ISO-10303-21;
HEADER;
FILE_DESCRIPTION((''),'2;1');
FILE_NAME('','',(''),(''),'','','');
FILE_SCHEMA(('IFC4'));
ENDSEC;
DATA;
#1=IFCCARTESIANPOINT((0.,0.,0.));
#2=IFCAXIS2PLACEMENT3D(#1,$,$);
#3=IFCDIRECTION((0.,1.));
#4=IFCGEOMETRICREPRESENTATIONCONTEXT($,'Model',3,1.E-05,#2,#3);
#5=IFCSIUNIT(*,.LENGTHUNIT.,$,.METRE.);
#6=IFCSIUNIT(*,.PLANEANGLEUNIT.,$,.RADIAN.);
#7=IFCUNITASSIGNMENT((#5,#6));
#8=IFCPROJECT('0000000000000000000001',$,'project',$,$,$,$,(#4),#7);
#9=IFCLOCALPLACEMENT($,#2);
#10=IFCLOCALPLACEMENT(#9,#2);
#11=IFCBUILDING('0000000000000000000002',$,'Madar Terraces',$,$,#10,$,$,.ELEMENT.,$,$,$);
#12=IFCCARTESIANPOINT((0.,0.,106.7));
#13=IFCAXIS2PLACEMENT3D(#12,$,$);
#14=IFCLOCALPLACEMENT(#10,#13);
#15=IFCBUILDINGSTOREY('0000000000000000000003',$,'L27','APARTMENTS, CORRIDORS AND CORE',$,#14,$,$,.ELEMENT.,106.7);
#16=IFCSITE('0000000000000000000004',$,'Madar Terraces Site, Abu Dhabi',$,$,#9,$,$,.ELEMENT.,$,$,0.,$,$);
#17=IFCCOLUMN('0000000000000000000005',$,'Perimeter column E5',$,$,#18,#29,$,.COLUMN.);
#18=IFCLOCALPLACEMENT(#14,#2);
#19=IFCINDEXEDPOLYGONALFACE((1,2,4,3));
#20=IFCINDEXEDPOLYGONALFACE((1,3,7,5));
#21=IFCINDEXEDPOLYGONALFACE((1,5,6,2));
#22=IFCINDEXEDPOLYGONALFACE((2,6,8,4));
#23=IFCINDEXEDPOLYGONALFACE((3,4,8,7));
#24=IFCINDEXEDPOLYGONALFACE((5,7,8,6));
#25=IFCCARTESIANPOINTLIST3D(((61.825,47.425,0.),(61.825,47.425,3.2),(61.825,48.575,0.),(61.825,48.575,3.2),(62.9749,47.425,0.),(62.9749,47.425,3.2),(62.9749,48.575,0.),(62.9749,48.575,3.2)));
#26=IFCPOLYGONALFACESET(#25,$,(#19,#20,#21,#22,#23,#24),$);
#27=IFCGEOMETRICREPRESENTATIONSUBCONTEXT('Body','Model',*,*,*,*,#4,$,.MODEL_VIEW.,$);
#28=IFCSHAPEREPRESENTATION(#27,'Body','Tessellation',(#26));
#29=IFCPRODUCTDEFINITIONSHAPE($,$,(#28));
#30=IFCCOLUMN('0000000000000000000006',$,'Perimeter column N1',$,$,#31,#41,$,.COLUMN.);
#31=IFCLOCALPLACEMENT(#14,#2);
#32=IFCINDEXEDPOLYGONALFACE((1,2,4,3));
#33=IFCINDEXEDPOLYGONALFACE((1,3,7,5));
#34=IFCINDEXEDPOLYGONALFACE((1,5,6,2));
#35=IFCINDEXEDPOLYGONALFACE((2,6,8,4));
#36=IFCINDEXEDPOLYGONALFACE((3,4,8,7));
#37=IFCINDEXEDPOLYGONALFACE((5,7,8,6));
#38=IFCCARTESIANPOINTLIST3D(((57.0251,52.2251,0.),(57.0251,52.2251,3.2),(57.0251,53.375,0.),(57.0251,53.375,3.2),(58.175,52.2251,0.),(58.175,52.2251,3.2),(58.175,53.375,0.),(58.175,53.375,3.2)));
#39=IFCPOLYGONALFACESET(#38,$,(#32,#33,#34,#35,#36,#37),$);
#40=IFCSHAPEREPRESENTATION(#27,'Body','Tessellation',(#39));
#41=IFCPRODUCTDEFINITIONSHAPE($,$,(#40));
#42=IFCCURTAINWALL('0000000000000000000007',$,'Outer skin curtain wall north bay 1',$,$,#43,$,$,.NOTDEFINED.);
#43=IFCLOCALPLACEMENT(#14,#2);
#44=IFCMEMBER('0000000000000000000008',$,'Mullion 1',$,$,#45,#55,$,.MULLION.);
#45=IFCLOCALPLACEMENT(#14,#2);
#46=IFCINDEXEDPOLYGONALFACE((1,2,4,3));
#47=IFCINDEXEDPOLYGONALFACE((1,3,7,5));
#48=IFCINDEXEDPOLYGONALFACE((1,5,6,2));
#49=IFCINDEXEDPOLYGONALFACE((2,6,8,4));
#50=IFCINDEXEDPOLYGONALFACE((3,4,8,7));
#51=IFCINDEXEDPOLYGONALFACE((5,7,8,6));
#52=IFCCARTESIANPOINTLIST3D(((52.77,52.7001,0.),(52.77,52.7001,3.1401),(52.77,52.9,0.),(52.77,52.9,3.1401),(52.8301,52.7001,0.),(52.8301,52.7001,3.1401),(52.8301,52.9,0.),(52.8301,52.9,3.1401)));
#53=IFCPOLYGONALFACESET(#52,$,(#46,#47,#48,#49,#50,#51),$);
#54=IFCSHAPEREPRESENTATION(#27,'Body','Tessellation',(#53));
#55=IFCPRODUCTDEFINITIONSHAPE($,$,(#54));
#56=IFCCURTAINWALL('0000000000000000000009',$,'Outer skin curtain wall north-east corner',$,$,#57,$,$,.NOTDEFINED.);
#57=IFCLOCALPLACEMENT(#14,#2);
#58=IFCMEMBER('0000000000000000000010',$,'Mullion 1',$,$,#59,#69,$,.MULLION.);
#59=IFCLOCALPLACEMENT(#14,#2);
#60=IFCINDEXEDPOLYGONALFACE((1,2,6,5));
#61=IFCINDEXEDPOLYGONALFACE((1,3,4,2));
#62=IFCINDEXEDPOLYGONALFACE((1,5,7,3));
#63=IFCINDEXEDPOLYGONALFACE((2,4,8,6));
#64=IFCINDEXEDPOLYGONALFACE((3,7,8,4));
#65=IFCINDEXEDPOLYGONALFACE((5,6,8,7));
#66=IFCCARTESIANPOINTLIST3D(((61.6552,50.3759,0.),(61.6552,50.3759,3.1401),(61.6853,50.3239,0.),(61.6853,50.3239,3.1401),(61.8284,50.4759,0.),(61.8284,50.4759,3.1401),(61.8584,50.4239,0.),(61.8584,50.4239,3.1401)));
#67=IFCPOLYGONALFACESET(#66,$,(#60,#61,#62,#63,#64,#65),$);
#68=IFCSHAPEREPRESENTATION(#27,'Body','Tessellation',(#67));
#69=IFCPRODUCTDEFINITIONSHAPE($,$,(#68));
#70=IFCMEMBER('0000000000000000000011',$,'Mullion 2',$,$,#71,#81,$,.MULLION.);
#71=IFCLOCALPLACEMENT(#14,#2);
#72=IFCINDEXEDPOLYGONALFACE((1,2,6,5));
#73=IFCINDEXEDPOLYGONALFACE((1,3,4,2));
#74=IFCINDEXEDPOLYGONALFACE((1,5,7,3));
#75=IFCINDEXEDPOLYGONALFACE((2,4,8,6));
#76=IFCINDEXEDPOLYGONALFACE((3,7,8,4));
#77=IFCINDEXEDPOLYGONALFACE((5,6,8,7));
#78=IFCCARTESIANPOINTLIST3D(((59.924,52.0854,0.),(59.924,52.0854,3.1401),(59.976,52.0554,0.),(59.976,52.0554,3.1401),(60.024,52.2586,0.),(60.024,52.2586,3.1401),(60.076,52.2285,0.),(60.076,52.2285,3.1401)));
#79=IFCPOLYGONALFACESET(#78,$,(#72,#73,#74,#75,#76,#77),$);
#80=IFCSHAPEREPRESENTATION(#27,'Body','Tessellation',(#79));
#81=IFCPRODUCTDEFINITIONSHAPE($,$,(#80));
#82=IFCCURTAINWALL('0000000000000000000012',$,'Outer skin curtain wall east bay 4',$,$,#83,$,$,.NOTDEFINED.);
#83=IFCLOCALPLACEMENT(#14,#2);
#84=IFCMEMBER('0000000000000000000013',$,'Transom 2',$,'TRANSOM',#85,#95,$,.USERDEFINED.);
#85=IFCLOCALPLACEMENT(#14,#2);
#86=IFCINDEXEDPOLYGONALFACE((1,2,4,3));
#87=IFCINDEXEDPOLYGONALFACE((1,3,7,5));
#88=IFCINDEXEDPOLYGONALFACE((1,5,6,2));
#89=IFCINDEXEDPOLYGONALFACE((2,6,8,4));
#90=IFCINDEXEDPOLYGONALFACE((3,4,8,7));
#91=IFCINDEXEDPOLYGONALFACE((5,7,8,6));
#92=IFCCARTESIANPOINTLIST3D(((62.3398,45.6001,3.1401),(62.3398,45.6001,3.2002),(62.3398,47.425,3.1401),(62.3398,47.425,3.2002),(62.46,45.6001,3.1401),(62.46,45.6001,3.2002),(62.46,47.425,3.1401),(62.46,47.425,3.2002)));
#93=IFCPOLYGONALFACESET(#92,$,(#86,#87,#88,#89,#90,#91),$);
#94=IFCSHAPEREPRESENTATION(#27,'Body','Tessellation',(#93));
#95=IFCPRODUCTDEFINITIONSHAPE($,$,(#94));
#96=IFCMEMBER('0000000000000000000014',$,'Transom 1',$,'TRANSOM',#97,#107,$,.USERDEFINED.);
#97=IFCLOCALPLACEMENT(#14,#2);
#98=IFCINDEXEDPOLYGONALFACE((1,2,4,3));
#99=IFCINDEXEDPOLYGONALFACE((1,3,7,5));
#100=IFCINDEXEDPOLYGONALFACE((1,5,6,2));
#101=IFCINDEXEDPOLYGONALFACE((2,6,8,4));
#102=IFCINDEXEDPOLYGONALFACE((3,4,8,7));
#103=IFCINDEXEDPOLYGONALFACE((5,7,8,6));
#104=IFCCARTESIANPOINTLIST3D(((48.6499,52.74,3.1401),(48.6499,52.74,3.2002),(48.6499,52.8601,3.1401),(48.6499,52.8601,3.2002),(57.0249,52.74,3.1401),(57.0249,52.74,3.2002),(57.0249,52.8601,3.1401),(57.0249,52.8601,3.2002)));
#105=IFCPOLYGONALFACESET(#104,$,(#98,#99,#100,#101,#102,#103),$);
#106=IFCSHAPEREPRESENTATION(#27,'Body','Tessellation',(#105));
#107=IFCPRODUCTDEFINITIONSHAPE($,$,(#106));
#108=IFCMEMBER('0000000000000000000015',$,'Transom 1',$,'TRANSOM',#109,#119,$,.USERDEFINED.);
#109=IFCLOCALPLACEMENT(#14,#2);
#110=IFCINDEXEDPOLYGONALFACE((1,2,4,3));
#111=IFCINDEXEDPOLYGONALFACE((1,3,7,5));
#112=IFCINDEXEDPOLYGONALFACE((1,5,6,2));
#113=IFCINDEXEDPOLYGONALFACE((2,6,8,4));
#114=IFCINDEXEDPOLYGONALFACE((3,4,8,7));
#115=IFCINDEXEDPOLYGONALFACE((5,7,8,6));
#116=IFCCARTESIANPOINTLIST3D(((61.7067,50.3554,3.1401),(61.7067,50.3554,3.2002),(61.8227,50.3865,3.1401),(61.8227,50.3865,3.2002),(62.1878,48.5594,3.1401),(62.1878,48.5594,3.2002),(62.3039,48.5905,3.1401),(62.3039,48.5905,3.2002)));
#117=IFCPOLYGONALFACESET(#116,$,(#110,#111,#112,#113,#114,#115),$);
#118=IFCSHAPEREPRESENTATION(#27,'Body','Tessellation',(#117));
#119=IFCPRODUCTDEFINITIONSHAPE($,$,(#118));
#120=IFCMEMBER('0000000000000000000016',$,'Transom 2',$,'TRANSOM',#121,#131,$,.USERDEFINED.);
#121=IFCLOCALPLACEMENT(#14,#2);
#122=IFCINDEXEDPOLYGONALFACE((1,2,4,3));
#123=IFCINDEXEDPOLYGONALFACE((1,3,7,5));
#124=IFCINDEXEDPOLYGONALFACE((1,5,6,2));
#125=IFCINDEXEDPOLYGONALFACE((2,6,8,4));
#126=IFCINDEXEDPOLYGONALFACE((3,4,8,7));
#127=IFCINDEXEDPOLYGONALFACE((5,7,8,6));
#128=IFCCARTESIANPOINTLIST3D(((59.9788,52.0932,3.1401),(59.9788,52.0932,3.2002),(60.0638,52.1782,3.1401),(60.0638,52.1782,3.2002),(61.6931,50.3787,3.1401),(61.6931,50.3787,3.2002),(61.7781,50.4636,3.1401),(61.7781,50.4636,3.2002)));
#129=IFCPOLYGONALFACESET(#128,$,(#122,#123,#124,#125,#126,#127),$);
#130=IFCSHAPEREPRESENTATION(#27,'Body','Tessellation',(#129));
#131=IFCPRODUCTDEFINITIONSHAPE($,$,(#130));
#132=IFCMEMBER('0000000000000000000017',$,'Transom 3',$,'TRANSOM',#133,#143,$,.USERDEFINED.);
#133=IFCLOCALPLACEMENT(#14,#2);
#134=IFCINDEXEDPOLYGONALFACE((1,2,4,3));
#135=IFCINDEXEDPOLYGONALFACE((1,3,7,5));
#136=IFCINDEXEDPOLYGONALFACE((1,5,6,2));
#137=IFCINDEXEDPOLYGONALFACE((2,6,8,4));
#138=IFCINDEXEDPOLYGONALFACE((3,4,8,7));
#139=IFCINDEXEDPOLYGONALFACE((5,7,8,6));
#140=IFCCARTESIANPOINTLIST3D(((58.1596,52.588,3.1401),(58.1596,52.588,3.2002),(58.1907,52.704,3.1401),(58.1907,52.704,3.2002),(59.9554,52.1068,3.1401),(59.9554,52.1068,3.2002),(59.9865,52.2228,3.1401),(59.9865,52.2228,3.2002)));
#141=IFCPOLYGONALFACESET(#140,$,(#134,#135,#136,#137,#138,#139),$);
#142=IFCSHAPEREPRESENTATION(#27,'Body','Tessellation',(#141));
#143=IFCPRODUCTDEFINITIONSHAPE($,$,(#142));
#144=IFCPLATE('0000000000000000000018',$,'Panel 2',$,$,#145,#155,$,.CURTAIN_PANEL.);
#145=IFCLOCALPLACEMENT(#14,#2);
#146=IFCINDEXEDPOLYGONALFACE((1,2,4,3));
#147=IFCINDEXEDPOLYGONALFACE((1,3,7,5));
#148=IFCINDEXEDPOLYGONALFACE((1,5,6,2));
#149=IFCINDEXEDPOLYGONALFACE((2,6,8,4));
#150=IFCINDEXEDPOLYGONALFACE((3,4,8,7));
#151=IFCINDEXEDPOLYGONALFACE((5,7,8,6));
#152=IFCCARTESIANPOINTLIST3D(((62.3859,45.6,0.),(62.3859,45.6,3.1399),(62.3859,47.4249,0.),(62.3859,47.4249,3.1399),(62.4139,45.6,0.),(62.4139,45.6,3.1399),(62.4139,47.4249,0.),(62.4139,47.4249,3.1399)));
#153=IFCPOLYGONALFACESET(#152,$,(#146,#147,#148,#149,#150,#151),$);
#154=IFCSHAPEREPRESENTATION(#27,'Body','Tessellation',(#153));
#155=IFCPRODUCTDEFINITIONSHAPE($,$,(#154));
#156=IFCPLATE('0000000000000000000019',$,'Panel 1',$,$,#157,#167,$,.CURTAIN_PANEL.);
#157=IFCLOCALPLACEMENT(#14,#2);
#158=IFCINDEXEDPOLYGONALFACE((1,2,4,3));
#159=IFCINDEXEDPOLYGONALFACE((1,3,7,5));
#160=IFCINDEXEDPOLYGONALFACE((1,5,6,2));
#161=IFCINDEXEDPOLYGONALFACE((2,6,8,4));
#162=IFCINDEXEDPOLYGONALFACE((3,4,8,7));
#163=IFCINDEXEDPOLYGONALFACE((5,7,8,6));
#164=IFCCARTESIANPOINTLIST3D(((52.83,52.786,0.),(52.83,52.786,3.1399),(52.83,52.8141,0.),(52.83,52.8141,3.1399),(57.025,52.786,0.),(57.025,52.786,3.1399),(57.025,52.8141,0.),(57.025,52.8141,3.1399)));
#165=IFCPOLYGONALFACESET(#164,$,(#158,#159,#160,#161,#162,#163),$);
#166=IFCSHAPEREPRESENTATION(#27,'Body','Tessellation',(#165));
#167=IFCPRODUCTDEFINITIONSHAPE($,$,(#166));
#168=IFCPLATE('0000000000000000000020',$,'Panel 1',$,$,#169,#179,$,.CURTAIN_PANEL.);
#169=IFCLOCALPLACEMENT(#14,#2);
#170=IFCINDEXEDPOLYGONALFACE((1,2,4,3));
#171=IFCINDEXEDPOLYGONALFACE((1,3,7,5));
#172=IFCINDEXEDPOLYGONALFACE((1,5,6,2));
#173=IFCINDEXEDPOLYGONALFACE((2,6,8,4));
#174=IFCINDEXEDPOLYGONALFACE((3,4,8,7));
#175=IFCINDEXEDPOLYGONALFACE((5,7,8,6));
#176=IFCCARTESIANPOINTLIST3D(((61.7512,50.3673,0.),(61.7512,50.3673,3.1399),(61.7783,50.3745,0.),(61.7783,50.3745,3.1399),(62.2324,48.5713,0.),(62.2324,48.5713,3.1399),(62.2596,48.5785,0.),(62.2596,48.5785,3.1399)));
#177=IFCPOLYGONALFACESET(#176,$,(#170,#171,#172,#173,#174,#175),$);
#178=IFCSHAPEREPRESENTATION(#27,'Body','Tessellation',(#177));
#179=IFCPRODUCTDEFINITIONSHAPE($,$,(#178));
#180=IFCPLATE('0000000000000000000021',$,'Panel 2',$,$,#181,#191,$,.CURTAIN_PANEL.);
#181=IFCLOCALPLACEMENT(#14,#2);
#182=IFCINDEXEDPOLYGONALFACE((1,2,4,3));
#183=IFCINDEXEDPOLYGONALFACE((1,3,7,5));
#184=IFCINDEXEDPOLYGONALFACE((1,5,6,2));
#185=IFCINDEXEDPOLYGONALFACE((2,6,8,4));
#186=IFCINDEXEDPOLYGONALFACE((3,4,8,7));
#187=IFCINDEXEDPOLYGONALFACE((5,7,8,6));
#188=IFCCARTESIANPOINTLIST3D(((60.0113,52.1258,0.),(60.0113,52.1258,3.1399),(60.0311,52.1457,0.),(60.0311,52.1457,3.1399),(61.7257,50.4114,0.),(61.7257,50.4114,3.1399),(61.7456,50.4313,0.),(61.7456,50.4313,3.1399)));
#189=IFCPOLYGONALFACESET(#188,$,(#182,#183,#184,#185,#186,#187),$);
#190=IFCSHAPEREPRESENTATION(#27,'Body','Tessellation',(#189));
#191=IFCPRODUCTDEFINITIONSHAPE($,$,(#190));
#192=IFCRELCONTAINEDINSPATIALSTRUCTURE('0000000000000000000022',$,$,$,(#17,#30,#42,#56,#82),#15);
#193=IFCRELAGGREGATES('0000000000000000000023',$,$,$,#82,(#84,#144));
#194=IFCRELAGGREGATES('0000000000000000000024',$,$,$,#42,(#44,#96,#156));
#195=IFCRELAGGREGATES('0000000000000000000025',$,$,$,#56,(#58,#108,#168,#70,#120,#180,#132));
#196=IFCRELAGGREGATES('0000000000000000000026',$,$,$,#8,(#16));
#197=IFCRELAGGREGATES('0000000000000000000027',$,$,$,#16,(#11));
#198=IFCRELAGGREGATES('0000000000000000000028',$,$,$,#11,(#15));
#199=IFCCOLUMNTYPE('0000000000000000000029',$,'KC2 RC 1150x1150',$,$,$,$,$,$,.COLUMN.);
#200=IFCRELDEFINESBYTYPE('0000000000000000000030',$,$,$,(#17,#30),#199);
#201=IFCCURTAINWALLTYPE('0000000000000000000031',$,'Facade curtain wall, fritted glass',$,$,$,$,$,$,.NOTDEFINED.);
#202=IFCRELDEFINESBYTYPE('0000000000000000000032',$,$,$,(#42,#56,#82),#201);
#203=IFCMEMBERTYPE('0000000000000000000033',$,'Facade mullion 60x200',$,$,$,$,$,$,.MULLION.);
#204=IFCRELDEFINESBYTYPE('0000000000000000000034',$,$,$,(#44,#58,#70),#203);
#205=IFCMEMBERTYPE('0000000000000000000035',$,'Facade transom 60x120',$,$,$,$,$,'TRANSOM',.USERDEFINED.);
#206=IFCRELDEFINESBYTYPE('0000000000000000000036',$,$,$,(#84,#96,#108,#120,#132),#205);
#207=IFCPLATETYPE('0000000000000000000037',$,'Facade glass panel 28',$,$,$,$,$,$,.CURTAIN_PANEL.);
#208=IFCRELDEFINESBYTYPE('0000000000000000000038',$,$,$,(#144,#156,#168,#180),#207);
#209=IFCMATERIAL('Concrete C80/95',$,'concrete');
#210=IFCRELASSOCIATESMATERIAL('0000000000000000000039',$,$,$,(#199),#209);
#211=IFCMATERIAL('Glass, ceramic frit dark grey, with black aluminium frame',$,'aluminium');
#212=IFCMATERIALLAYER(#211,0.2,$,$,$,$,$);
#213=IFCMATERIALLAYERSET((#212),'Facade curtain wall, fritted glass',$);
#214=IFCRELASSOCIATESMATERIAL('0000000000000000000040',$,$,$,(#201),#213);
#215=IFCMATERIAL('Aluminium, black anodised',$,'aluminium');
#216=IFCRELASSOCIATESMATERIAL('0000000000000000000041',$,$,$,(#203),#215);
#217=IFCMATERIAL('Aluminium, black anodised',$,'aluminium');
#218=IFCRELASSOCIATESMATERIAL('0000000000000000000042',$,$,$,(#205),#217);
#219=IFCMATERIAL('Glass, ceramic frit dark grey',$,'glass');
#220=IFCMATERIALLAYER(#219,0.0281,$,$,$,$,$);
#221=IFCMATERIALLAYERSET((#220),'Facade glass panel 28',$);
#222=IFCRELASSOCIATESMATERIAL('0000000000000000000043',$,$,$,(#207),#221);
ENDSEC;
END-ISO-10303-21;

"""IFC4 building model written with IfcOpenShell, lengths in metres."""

from ifc_helpers import new_model, si_unit, direction, frame, origin, origin_2d, place, context, subcontext, project, spatial, rectangle, extrude, material, layer, layer_set, material_profile, profile_set, type_object, element, aggregate, save


model = new_model("IFC4")

# Units and contexts
model_context = context("Model", 3, precision=1e-05, world=origin(), true_north=direction((0.0, 1.0)))
body_context = subcontext(model_context, "Body", "Model", "MODEL_VIEW")
ifc_project = project(units=[si_unit("LENGTHUNIT", "METRE"), si_unit("PLANEANGLEUNIT", "RADIAN")], contexts=[model_context])

# Site, building, storey
site_placement = place(None, origin())
site = spatial("IfcSite", under=ifc_project, at=site_placement, Name="Madar Terraces Site, Abu Dhabi", CompositionType="ELEMENT", RefElevation=0.0)
building_placement = place(site_placement, origin())
building = spatial("IfcBuilding", under=site, at=building_placement, Name="Madar Terraces", CompositionType="ELEMENT")
storey_placement = place(building_placement, frame((0.0, 0.0, 106.7)))
storey = spatial("IfcBuildingStorey", under=building, at=storey_placement, Name="L27", Description="APARTMENTS, CORRIDORS AND CORE", CompositionType="ELEMENT", Elevation=106.7)

# Columns
ifc_material_1 = material(Name="Concrete C80/95", Category="concrete")
ifc_material_profile_1 = material_profile(ifc_material_1, rectangle(XDim=1.1499, YDim=1.1499, at=origin_2d()), Name="KC2 RC 1150x1150")
ifc_profile_set_1 = profile_set([ifc_material_profile_1], Name="Concrete C80/95")
column_type = type_object("IfcColumnType", Name="KC2 RC 1150x1150", PredefinedType="COLUMN", material=ifc_profile_set_1)
for number, where, z_axis, x_axis, name in (
    (1, (62.3999, 48.0, 0.0), (0.0, 0.0, 1.0), (1.0, 0.0, 0.0), "Perimeter column E5"),
    (2, (57.6001, 52.8, 0.0), (0.0, 0.0, 1.0), (1.0, 0.0, 0.0), "Perimeter column N1"),
):
    element("IfcColumn", number, at=place(storey_placement, frame(where, z_axis=z_axis, x_axis=x_axis)), inside=storey, type_object=column_type, Name=name, PredefinedType="COLUMN", context=body_context, shape_type="SweptSolid", body=[
        extrude(rectangle(XDim=1.1499, YDim=1.1499, at=origin_2d()), origin(), (0.0, 0.0, 1.0), 3.2),
    ])

# Curtain wall, member
ifc_material_2 = material(Name="Glass, ceramic frit dark grey, with black aluminium frame", Category="aluminium")
ifc_layer_1 = layer(ifc_material_2, 0.2)
ifc_layer_set_1 = layer_set([ifc_layer_1], Name="Facade curtain wall, fritted glass")
curtain_wall_type = type_object("IfcCurtainWallType", Name="Facade curtain wall, fritted glass", PredefinedType="NOTDEFINED", material=ifc_layer_set_1)
curtain_wall_1_placement = place(storey_placement, origin())
curtain_wall_1 = element("IfcCurtainWall", 3, at=curtain_wall_1_placement, inside=storey, type_object=curtain_wall_type, Name="Outer skin curtain wall north bay 1", PredefinedType="NOTDEFINED")
ifc_material_3 = material(Name="Aluminium, black anodised", Category="aluminium")
ifc_material_profile_2 = material_profile(ifc_material_3, rectangle(XDim=0.2, YDim=0.0601, at=origin_2d()), Name="Facade mullion 60x200")
ifc_profile_set_2 = profile_set([ifc_material_profile_2], Name="Aluminium, black anodised")
member_type_1 = type_object("IfcMemberType", Name="Facade mullion 60x200", PredefinedType="MULLION", material=ifc_profile_set_2)
member_1_placement = place(storey_placement, frame((52.8, 52.8, 0.0), z_axis=(0.0, 0.0, 1.0), x_axis=(0.0, -1.0, 0.0)))
member_1 = element("IfcMember", 4, at=member_1_placement, type_object=member_type_1, Name="Mullion 1", PredefinedType="MULLION", context=body_context, shape_type="SweptSolid", body=[
    extrude(rectangle(XDim=0.2, YDim=0.0601, at=origin_2d()), origin(), (0.0, 0.0, 1.0), 3.1401),
])

# Curtain wall, members
curtain_wall_2_placement = place(storey_placement, origin())
curtain_wall_2 = element("IfcCurtainWall", 5, at=curtain_wall_2_placement, inside=storey, type_object=curtain_wall_type, Name="Outer skin curtain wall north-east corner", PredefinedType="NOTDEFINED")
member_2_placement = place(storey_placement, frame((61.7568, 50.3999, 0.0), z_axis=(0.0, 0.0, 1.0), x_axis=(-0.866025, -0.5, 0.0)))
member_2 = element("IfcMember", 6, at=member_2_placement, type_object=member_type_1, Name="Mullion 1", PredefinedType="MULLION", context=body_context, shape_type="SweptSolid", body=[
    extrude(rectangle(XDim=0.2, YDim=0.0601, at=origin_2d()), origin(), (0.0, 0.0, 1.0), 3.1401),
])
member_3_placement = place(storey_placement, frame((60.0, 52.157, 0.0), z_axis=(0.0, 0.0, 1.0), x_axis=(-0.5, -0.866025, 0.0)))
member_3 = element("IfcMember", 7, at=member_3_placement, type_object=member_type_1, Name="Mullion 2", PredefinedType="MULLION", context=body_context, shape_type="SweptSolid", body=[
    extrude(rectangle(XDim=0.2, YDim=0.0601, at=origin_2d()), origin(), (0.0, 0.0, 1.0), 3.1401),
])

# Curtain wall, member
curtain_wall_3_placement = place(storey_placement, origin())
curtain_wall_3 = element("IfcCurtainWall", 8, at=curtain_wall_3_placement, inside=storey, type_object=curtain_wall_type, Name="Outer skin curtain wall east bay 4", PredefinedType="NOTDEFINED")
ifc_material_4 = material(Name="Aluminium, black anodised", Category="aluminium")
ifc_material_profile_3 = material_profile(ifc_material_4, rectangle(XDim=0.1201, YDim=0.0601, at=origin_2d()), Name="Facade transom 60x120")
ifc_profile_set_3 = profile_set([ifc_material_profile_3], Name="Aluminium, black anodised")
member_type_2 = type_object("IfcMemberType", Name="Facade transom 60x120", ElementType="TRANSOM", PredefinedType="USERDEFINED", material=ifc_profile_set_3)
member_4_placement = place(storey_placement, frame((62.3999, 45.6001, 3.1702), z_axis=(0.0, 1.0, 0.0), x_axis=(-1.0, 0.0, 0.0)))
member_4 = element("IfcMember", 9, at=member_4_placement, type_object=member_type_2, Name="Transom 2", ObjectType="TRANSOM", PredefinedType="USERDEFINED", context=body_context, shape_type="SweptSolid", body=[
    extrude(rectangle(XDim=0.1201, YDim=0.0601, at=origin_2d()), origin(), (0.0, 0.0, 1.0), 1.825),
])

# Members
member_5_placement = place(storey_placement, frame((57.0249, 52.8, 3.1702), z_axis=(-1.0, 0.0, 0.0), x_axis=(0.0, -1.0, 0.0)))
member_5 = element("IfcMember", 10, at=member_5_placement, type_object=member_type_2, Name="Transom 1", ObjectType="TRANSOM", PredefinedType="USERDEFINED", context=body_context, shape_type="SweptSolid", body=[
    extrude(rectangle(XDim=0.1201, YDim=0.0601, at=origin_2d()), origin(), (0.0, 0.0, 1.0), 8.375),
])
member_6_placement = place(storey_placement, frame((62.2458, 48.575, 3.1702), z_axis=(-0.258782, 0.965936, 0.0), x_axis=(-0.965936, -0.258782, 0.0)))
member_6 = element("IfcMember", 11, at=member_6_placement, type_object=member_type_2, Name="Transom 1", ObjectType="TRANSOM", PredefinedType="USERDEFINED", context=body_context, shape_type="SweptSolid", body=[
    extrude(rectangle(XDim=0.1201, YDim=0.0601, at=origin_2d()), origin(), (0.0, 0.0, 1.0), 1.8594),
])
member_7_placement = place(storey_placement, frame((61.7356, 50.4211, 3.1702), z_axis=(-0.707056, 0.707157, 0.0), x_axis=(-0.707157, -0.707056, 0.0)))
member_7 = element("IfcMember", 12, at=member_7_placement, type_object=member_type_2, Name="Transom 2", ObjectType="TRANSOM", PredefinedType="USERDEFINED", context=body_context, shape_type="SweptSolid", body=[
    extrude(rectangle(XDim=0.1201, YDim=0.0601, at=origin_2d()), origin(), (0.0, 0.0, 1.0), 2.4246),
])
member_8_placement = place(storey_placement, frame((59.9709, 52.1648, 3.1702), z_axis=(-0.965927, 0.258815, 0.0), x_axis=(-0.258815, -0.965927, 0.0)))
member_8 = element("IfcMember", 13, at=member_8_placement, type_object=member_type_2, Name="Transom 3", ObjectType="TRANSOM", PredefinedType="USERDEFINED", context=body_context, shape_type="SweptSolid", body=[
    extrude(rectangle(XDim=0.1201, YDim=0.0601, at=origin_2d()), origin(), (0.0, 0.0, 1.0), 1.8591),
])

# Plates
ifc_material_5 = material(Name="Glass, ceramic frit dark grey", Category="glass")
ifc_layer_2 = layer(ifc_material_5, 0.0281)
ifc_layer_set_2 = layer_set([ifc_layer_2], Name="Facade glass panel 28")
plate_type = type_object("IfcPlateType", Name="Facade glass panel 28", PredefinedType="CURTAIN_PANEL", material=ifc_layer_set_2)
plate_1_placement = place(storey_placement, frame((62.3999, 46.5125, 0.0), z_axis=(0.0, 0.0, 1.0), x_axis=(0.0, 1.0, 0.0)))
plate_1 = element("IfcPlate", 14, at=plate_1_placement, type_object=plate_type, Name="Panel 2", PredefinedType="CURTAIN_PANEL", context=body_context, shape_type="SweptSolid", body=[
    extrude(rectangle(XDim=1.825, YDim=0.0281, at=origin_2d()), origin(), (0.0, 0.0, 1.0), 3.1399),
])
aggregate(curtain_wall_3, [member_4, plate_1])
plate_2_placement = place(storey_placement, frame((54.9275, 52.8, 0.0), z_axis=(0.0, 0.0, 1.0), x_axis=(-1.0, 0.0, 0.0)))
plate_2 = element("IfcPlate", 15, at=plate_2_placement, type_object=plate_type, Name="Panel 1", PredefinedType="CURTAIN_PANEL", context=body_context, shape_type="SweptSolid", body=[
    extrude(rectangle(XDim=4.1951, YDim=0.0281, at=origin_2d()), origin(), (0.0, 0.0, 1.0), 3.1399),
])
aggregate(curtain_wall_1, [member_1, member_5, plate_2])
plate_3_placement = place(storey_placement, frame((62.0054, 49.4729, 0.0), z_axis=(0.0, 0.0, 1.0), x_axis=(-0.258819, 0.965926, 0.0)))
plate_3 = element("IfcPlate", 16, at=plate_3_placement, type_object=plate_type, Name="Panel 1", PredefinedType="CURTAIN_PANEL", context=body_context, shape_type="SweptSolid", body=[
    extrude(rectangle(XDim=1.8594, YDim=0.0281, at=origin_2d()), origin(), (0.0, 0.0, 1.0), 3.1399),
])
plate_4_placement = place(storey_placement, frame((60.8784, 51.2786, 0.0), z_axis=(0.0, 0.0, 1.0), x_axis=(-0.707107, 0.707107, 0.0)))
plate_4 = element("IfcPlate", 17, at=plate_4_placement, type_object=plate_type, Name="Panel 2", PredefinedType="CURTAIN_PANEL", context=body_context, shape_type="SweptSolid", body=[
    extrude(rectangle(XDim=2.4246, YDim=0.0281, at=origin_2d()), origin(), (0.0, 0.0, 1.0), 3.1399),
])
aggregate(curtain_wall_2, [member_2, member_6, plate_3, member_3, member_7, plate_4, member_8])

save(model, "model.ifc")
